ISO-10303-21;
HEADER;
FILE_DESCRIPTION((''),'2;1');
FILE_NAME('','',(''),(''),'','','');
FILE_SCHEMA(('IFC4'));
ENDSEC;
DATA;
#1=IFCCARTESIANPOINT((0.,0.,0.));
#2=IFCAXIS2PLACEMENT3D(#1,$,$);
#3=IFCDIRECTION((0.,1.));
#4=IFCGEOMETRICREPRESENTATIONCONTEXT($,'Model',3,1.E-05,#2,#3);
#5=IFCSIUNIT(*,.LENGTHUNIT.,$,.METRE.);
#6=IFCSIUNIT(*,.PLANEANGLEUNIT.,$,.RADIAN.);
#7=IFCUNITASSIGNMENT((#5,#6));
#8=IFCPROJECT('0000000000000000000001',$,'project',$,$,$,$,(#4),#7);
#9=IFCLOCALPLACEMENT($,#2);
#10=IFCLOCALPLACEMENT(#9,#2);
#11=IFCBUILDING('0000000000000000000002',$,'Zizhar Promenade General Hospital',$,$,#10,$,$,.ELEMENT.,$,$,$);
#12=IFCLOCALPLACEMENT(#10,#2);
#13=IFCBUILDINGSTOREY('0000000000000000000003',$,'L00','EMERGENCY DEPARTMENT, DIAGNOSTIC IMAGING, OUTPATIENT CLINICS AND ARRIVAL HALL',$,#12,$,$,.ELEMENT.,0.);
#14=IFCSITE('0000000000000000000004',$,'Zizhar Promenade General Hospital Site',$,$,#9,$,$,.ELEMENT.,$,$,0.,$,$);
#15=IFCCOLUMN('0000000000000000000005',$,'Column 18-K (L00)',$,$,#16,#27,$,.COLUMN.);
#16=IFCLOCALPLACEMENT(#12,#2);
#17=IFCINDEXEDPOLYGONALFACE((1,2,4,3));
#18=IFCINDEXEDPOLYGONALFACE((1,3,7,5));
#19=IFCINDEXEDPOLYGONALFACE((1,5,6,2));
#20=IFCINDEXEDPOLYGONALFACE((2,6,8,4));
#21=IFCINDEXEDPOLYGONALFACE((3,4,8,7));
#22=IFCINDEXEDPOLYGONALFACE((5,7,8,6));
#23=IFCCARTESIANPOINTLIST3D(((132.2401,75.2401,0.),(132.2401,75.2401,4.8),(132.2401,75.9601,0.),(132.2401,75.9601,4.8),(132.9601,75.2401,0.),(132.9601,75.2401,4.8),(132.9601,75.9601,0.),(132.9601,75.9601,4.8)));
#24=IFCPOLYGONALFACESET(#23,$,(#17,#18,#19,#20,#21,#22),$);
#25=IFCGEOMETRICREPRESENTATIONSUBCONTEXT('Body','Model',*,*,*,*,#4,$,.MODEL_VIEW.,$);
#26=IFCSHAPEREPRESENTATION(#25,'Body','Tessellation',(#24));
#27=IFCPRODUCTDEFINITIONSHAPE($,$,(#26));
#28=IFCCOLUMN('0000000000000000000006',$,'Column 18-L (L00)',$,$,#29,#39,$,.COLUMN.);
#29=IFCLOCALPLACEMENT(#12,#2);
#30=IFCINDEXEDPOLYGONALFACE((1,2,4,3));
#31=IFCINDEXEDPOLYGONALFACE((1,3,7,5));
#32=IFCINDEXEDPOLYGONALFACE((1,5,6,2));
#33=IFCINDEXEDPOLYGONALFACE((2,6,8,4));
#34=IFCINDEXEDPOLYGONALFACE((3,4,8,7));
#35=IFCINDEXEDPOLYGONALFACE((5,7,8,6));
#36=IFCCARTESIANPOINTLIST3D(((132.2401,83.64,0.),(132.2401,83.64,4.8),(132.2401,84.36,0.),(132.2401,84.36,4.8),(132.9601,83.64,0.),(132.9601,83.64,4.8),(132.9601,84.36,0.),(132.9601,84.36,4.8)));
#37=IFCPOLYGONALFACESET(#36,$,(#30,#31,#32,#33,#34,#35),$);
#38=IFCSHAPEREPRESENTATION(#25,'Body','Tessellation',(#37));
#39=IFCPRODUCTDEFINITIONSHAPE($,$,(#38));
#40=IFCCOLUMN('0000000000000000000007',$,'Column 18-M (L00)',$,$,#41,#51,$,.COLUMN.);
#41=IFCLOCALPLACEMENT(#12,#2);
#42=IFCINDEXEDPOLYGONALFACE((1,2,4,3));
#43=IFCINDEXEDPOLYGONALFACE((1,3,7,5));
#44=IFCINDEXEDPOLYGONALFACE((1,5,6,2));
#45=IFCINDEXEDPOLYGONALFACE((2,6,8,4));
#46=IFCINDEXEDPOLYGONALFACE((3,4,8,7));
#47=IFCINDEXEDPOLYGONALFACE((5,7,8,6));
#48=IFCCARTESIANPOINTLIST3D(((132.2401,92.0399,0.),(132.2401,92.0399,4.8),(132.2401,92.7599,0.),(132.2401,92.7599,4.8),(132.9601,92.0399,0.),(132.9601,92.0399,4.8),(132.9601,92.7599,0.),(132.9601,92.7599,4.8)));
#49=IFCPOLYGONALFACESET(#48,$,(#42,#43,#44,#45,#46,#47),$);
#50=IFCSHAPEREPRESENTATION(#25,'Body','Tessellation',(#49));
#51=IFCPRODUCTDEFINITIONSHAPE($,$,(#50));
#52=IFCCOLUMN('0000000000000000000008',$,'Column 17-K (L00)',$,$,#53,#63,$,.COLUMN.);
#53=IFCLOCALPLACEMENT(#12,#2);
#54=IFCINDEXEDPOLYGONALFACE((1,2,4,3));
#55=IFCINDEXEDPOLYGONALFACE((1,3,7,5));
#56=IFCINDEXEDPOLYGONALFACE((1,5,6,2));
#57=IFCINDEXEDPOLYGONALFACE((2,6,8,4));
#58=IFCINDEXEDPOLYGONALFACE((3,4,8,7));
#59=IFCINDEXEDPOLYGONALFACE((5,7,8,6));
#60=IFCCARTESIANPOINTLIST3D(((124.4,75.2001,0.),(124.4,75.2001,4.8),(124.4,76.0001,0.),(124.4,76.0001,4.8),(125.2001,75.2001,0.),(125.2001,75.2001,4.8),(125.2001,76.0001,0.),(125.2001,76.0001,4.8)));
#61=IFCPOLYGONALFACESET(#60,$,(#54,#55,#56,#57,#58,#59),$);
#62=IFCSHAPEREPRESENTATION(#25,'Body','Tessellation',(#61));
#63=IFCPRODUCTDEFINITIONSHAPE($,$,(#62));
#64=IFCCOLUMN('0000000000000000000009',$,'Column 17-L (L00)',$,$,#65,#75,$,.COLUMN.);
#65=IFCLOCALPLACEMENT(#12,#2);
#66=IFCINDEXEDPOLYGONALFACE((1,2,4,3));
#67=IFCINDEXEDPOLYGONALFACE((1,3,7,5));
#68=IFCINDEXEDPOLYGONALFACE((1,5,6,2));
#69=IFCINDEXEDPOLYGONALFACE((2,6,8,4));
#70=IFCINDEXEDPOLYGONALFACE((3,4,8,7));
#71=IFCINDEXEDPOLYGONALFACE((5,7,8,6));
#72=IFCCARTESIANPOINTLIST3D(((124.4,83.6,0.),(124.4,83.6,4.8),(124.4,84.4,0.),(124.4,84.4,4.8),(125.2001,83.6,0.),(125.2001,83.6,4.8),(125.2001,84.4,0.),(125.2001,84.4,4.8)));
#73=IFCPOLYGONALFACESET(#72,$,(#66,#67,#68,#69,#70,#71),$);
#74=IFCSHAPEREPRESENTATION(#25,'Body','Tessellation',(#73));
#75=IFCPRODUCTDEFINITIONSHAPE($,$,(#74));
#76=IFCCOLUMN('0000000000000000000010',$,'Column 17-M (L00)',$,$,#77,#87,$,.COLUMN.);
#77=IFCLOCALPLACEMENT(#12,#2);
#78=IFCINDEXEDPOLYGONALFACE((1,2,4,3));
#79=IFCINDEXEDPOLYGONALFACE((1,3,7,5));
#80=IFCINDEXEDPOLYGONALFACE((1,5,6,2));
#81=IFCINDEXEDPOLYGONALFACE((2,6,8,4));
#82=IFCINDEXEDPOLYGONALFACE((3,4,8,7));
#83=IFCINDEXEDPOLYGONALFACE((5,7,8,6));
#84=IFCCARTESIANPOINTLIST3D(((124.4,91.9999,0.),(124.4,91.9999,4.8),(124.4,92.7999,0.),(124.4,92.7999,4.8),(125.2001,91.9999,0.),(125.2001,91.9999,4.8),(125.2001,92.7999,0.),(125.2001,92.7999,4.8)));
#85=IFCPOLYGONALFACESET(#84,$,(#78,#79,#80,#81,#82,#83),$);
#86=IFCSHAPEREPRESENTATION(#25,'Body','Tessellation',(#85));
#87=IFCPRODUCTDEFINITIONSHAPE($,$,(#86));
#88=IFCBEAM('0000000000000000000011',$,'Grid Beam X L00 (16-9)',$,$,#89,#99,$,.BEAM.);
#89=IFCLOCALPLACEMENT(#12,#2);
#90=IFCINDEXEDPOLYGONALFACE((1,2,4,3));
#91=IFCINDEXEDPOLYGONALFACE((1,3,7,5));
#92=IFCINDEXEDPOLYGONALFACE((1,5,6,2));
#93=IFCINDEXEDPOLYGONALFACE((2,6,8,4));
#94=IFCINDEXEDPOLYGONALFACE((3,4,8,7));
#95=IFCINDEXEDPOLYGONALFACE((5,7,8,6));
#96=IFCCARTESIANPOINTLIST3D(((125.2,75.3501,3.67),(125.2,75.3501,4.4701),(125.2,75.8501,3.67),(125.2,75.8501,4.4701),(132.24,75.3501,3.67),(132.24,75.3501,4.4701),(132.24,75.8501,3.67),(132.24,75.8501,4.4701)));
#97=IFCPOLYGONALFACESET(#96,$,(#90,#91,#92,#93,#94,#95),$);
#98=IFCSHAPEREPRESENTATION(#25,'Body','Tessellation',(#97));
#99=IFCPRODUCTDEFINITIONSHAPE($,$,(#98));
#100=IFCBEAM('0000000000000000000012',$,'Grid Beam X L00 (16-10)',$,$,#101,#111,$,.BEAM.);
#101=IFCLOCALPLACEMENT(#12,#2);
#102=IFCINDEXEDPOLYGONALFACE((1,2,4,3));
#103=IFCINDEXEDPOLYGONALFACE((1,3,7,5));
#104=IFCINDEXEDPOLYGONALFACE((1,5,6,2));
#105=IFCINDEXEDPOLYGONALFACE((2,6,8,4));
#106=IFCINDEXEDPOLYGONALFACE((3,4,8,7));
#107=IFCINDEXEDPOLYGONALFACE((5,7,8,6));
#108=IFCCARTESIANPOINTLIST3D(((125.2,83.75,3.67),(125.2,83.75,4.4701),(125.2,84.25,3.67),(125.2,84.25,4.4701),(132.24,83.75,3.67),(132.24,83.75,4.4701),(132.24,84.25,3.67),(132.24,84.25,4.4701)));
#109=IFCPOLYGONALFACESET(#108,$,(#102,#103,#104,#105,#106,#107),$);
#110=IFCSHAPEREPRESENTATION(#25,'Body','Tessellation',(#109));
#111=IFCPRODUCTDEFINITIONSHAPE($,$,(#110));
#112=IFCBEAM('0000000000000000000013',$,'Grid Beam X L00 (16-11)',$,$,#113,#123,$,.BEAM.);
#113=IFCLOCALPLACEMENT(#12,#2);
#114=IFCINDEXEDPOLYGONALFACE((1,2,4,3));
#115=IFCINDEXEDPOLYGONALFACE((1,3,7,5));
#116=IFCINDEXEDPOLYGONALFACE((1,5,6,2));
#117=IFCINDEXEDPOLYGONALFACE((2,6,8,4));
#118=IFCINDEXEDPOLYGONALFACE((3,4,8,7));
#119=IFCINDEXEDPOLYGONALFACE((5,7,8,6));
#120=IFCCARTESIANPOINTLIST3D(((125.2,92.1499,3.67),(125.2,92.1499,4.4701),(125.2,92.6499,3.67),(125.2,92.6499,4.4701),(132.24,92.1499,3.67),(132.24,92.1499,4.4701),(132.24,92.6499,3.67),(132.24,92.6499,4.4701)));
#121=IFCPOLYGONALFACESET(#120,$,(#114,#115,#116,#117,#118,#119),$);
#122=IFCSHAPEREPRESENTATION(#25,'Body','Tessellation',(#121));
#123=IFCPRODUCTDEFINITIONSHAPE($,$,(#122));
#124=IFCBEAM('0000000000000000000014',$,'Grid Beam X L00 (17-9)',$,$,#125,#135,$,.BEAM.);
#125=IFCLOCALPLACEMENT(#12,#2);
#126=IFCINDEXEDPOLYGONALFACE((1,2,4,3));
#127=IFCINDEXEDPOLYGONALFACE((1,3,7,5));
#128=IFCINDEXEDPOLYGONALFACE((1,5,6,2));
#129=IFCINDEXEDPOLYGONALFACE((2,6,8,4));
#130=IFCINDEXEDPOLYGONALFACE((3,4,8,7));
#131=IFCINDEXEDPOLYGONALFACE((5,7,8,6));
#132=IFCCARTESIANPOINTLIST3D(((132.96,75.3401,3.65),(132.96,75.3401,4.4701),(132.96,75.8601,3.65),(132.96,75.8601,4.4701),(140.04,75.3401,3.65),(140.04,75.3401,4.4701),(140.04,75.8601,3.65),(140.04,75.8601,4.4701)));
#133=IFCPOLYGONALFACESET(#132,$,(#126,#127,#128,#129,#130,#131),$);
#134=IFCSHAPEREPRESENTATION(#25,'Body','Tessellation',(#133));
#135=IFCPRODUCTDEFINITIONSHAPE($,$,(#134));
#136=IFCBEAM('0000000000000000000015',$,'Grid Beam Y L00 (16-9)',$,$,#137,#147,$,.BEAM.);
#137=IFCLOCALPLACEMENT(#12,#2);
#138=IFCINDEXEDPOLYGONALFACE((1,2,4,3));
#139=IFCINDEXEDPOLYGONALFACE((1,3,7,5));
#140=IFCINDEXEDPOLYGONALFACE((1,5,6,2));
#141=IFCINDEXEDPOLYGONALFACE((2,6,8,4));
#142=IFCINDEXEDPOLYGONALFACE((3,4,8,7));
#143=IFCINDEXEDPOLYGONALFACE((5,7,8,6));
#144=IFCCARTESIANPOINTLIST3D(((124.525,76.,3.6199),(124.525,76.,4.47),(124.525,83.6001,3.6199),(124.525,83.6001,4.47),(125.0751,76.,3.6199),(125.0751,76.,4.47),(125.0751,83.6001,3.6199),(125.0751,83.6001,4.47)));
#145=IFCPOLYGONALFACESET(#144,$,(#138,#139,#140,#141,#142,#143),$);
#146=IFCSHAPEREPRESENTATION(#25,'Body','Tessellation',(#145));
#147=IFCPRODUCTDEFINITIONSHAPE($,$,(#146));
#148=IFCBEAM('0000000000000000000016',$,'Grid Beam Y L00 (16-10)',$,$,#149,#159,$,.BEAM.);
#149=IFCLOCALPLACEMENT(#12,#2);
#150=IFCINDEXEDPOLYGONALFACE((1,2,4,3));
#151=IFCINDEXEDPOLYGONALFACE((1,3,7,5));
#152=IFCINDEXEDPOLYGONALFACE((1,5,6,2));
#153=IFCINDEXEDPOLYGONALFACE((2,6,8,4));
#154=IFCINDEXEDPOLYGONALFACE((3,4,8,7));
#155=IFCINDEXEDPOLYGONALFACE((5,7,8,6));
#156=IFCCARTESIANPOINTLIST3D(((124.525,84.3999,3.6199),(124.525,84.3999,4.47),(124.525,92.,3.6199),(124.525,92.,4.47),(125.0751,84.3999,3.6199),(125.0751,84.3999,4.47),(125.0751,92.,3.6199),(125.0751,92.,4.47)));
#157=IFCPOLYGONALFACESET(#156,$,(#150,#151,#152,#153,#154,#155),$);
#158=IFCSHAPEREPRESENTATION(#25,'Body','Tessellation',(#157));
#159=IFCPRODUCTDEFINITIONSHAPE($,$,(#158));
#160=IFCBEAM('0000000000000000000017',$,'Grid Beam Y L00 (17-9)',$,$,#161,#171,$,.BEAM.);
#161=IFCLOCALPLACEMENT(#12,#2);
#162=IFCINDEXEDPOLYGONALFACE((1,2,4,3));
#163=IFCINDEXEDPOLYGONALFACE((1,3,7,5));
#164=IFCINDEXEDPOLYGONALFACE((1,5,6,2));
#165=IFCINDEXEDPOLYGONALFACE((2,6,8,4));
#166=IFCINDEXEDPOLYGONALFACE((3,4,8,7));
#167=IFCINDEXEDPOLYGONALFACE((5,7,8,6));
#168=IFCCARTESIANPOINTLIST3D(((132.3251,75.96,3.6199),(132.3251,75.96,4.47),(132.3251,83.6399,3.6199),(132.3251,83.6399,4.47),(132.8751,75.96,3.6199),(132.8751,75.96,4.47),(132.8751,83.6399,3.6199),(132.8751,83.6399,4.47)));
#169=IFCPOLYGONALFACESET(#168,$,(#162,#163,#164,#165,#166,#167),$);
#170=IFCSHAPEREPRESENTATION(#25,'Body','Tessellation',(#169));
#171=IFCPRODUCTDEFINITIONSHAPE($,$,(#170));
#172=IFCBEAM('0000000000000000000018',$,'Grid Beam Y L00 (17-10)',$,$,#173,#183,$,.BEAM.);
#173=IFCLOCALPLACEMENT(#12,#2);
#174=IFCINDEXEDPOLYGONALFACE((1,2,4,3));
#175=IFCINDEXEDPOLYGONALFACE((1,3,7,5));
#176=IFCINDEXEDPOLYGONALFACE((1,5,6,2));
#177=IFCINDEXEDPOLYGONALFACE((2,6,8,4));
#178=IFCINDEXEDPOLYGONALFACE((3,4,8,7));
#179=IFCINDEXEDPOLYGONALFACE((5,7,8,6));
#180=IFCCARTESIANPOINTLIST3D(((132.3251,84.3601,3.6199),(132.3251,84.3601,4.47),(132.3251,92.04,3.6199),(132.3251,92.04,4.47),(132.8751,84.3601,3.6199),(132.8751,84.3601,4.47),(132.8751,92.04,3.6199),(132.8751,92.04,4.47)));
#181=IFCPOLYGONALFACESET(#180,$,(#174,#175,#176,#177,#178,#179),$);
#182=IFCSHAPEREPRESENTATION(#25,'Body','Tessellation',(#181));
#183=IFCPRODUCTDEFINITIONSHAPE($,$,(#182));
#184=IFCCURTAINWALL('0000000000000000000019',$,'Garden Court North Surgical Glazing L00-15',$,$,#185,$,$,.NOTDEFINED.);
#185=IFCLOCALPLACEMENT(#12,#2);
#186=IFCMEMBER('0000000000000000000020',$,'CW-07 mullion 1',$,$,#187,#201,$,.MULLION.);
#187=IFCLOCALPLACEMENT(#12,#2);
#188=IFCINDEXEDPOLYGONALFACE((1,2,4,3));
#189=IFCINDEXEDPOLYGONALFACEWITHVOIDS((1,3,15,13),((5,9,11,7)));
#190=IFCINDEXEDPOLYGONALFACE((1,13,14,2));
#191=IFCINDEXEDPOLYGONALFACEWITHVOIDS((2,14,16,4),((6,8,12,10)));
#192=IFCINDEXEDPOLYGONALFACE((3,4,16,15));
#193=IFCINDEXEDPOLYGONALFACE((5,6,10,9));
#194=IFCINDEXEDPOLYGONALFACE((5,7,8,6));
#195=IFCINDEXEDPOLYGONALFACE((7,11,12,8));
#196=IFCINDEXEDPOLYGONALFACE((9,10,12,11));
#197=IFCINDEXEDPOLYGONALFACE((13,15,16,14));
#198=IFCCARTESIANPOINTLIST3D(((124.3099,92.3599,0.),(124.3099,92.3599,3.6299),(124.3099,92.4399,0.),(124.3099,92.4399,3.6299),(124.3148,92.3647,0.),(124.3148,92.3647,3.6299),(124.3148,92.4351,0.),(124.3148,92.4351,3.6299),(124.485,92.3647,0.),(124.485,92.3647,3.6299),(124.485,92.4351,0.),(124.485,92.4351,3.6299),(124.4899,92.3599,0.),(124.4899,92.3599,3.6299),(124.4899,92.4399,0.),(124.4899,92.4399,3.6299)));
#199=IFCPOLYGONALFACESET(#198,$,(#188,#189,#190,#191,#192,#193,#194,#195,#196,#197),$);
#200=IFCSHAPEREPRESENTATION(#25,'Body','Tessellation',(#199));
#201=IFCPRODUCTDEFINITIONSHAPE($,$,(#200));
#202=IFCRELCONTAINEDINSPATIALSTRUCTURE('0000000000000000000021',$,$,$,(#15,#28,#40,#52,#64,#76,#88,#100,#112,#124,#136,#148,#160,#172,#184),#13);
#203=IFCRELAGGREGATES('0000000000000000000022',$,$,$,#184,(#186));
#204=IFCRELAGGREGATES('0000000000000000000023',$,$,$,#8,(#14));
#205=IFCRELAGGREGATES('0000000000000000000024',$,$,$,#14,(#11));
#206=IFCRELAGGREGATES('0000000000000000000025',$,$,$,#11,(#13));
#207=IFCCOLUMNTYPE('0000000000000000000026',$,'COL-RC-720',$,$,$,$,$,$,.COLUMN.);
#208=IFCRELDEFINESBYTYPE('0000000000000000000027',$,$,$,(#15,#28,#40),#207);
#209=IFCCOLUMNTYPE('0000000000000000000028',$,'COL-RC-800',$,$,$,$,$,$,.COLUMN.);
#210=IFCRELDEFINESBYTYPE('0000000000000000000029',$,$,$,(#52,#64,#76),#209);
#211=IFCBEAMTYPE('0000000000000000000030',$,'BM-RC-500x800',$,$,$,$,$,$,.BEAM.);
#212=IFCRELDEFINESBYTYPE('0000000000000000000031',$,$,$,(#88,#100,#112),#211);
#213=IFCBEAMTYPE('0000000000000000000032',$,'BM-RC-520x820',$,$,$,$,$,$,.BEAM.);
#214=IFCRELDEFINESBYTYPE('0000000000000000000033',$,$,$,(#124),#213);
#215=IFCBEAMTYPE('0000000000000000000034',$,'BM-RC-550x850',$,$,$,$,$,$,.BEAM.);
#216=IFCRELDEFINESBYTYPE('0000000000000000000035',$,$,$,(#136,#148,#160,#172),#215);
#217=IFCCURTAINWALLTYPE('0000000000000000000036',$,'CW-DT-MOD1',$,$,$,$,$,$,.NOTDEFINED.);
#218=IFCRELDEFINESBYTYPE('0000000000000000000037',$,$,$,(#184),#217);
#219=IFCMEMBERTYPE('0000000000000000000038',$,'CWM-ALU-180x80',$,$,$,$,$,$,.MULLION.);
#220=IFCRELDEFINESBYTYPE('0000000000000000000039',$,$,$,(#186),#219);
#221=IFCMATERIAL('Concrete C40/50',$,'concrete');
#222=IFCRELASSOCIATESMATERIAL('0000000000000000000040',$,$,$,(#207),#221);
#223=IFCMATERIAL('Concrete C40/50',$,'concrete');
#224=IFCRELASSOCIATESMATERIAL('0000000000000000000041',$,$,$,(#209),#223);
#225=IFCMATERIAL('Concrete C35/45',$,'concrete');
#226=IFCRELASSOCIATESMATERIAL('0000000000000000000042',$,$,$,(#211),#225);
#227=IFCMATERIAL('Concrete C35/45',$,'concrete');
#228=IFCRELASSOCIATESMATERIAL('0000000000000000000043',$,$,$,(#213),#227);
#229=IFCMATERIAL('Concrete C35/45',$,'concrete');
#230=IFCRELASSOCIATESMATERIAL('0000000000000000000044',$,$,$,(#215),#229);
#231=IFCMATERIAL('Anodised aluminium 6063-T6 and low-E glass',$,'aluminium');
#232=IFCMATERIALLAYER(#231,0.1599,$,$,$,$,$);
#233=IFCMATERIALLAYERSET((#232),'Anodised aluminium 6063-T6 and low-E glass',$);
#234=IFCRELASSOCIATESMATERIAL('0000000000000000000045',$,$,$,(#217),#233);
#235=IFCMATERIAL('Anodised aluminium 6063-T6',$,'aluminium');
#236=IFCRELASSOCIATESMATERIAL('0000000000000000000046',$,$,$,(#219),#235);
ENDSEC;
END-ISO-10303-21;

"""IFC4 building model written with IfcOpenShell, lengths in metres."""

from ifc_helpers import new_model, si_unit, direction, frame, origin, origin_2d, place, context, subcontext, project, spatial, rectangle, hollow_rectangle, extrude, material, layer, layer_set, material_profile, profile_set, type_object, element, aggregate, save


model = new_model("IFC4")

# Units and contexts
model_context = context("Model", 3, precision=1e-05, world=origin(), true_north=direction((0.0, 1.0)))
body_context = subcontext(model_context, "Body", "Model", "MODEL_VIEW")
ifc_project = project(units=[si_unit("LENGTHUNIT", "METRE"), si_unit("PLANEANGLEUNIT", "RADIAN")], contexts=[model_context])

# Site, building, storey
site_placement = place(None, origin())
site = spatial("IfcSite", under=ifc_project, at=site_placement, Name="Zizhar Promenade General Hospital Site", CompositionType="ELEMENT", RefElevation=0.0)
building_placement = place(site_placement, origin())
building = spatial("IfcBuilding", under=site, at=building_placement, Name="Zizhar Promenade General Hospital", CompositionType="ELEMENT")
storey_placement = place(building_placement, origin())
storey = spatial("IfcBuildingStorey", under=building, at=storey_placement, Name="L00", Description="EMERGENCY DEPARTMENT, DIAGNOSTIC IMAGING, OUTPATIENT CLINICS AND ARRIVAL HALL", CompositionType="ELEMENT", Elevation=0.0)

# Columns
ifc_material_1 = material(Name="Concrete C40/50", Category="concrete")
ifc_material_profile_1 = material_profile(ifc_material_1, rectangle(XDim=0.72, YDim=0.72, at=origin_2d()))
ifc_profile_set_1 = profile_set([ifc_material_profile_1], Name="Concrete C40/50")
column_type_1 = type_object("IfcColumnType", Name="COL-RC-720", PredefinedType="COLUMN", material=ifc_profile_set_1)
for number, where, z_axis, x_axis, name in (
    (1, (132.6001, 75.6001, 0.0), (0.0, 0.0, 1.0), (1.0, 0.0, 0.0), "Column 18-K (L00)"),
    (2, (132.6001, 84.0, 0.0), (0.0, 0.0, 1.0), (1.0, 0.0, 0.0), "Column 18-L (L00)"),
    (3, (132.6001, 92.3999, 0.0), (0.0, 0.0, 1.0), (1.0, 0.0, 0.0), "Column 18-M (L00)"),
):
    element("IfcColumn", number, at=place(storey_placement, frame(where, z_axis=z_axis, x_axis=x_axis)), inside=storey, type_object=column_type_1, Name=name, PredefinedType="COLUMN", context=body_context, shape_type="SweptSolid", body=[
        extrude(rectangle(XDim=0.72, YDim=0.72, at=origin_2d()), origin(), (0.0, 0.0, 1.0), 4.8),
    ])
ifc_material_2 = material(Name="Concrete C40/50", Category="concrete")
ifc_material_profile_2 = material_profile(ifc_material_2, rectangle(XDim=0.8, YDim=0.8, at=origin_2d()))
ifc_profile_set_2 = profile_set([ifc_material_profile_2], Name="Concrete C40/50")
column_type_2 = type_object("IfcColumnType", Name="COL-RC-800", PredefinedType="COLUMN", material=ifc_profile_set_2)
for number, where, z_axis, x_axis, name in (
    (4, (124.8, 75.6001, 0.0), (0.0, 0.0, 1.0), (1.0, 0.0, 0.0), "Column 17-K (L00)"),
    (5, (124.8, 84.0, 0.0), (0.0, 0.0, 1.0), (1.0, 0.0, 0.0), "Column 17-L (L00)"),
    (6, (124.8, 92.3999, 0.0), (0.0, 0.0, 1.0), (1.0, 0.0, 0.0), "Column 17-M (L00)"),
):
    element("IfcColumn", number, at=place(storey_placement, frame(where, z_axis=z_axis, x_axis=x_axis)), inside=storey, type_object=column_type_2, Name=name, PredefinedType="COLUMN", context=body_context, shape_type="SweptSolid", body=[
        extrude(rectangle(XDim=0.8, YDim=0.8, at=origin_2d()), origin(), (0.0, 0.0, 1.0), 4.8),
    ])

# Beams
ifc_material_3 = material(Name="Concrete C35/45", Category="concrete")
ifc_material_profile_3 = material_profile(ifc_material_3, rectangle(XDim=0.5, YDim=0.8, at=origin_2d()))
ifc_profile_set_3 = profile_set([ifc_material_profile_3], Name="Concrete C35/45")
beam_type_1 = type_object("IfcBeamType", Name="BM-RC-500x800", PredefinedType="BEAM", material=ifc_profile_set_3)
for number, where, z_axis, x_axis, name in (
    (7, (125.2, 75.6001, 4.0701), (1.0, 0.0, 0.0), (0.0, 1.0, 0.0), "Grid Beam X L00 (16-9)"),
    (8, (125.2, 84.0, 4.0701), (1.0, 0.0, 0.0), (0.0, 1.0, 0.0), "Grid Beam X L00 (16-10)"),
    (9, (125.2, 92.3999, 4.0701), (1.0, 0.0, 0.0), (0.0, 1.0, 0.0), "Grid Beam X L00 (16-11)"),
):
    element("IfcBeam", number, at=place(storey_placement, frame(where, z_axis=z_axis, x_axis=x_axis)), inside=storey, type_object=beam_type_1, Name=name, PredefinedType="BEAM", context=body_context, shape_type="SweptSolid", body=[
        extrude(rectangle(XDim=0.5, YDim=0.8, at=origin_2d()), origin(), (0.0, 0.0, 1.0), 7.04),
    ])
ifc_material_4 = material(Name="Concrete C35/45", Category="concrete")
ifc_material_profile_4 = material_profile(ifc_material_4, rectangle(XDim=0.52, YDim=0.8201, at=origin_2d()))
ifc_profile_set_4 = profile_set([ifc_material_profile_4], Name="Concrete C35/45")
beam_type_2 = type_object("IfcBeamType", Name="BM-RC-520x820", PredefinedType="BEAM", material=ifc_profile_set_4)
beam_placement = place(storey_placement, frame((132.96, 75.6001, 4.0601), z_axis=(1.0, 0.0, 0.0), x_axis=(0.0, 1.0, 0.0)))
element("IfcBeam", 10, at=beam_placement, inside=storey, type_object=beam_type_2, Name="Grid Beam X L00 (17-9)", PredefinedType="BEAM", context=body_context, shape_type="SweptSolid", body=[
    extrude(rectangle(XDim=0.52, YDim=0.8201, at=origin_2d()), origin(), (0.0, 0.0, 1.0), 7.0801),
])
ifc_material_5 = material(Name="Concrete C35/45", Category="concrete")
ifc_material_profile_5 = material_profile(ifc_material_5, rectangle(XDim=0.55, YDim=0.8501, at=origin_2d()))
ifc_profile_set_5 = profile_set([ifc_material_profile_5], Name="Concrete C35/45")
beam_type_3 = type_object("IfcBeamType", Name="BM-RC-550x850", PredefinedType="BEAM", material=ifc_profile_set_5)
for number, where, z_axis, x_axis, name in (
    (11, (124.8, 76.0, 4.0449), (0.0, 1.0, 0.0), (-1.0, 0.0, 0.0), "Grid Beam Y L00 (16-9)"),
    (12, (124.8, 84.3999, 4.0449), (0.0, 1.0, 0.0), (-1.0, 0.0, 0.0), "Grid Beam Y L00 (16-10)"),
):
    element("IfcBeam", number, at=place(storey_placement, frame(where, z_axis=z_axis, x_axis=x_axis)), inside=storey, type_object=beam_type_3, Name=name, PredefinedType="BEAM", context=body_context, shape_type="SweptSolid", body=[
        extrude(rectangle(XDim=0.55, YDim=0.8501, at=origin_2d()), origin(), (0.0, 0.0, 1.0), 7.6001),
    ])
for number, where, z_axis, x_axis, name in (
    (13, (132.6001, 75.96, 4.0449), (0.0, 1.0, 0.0), (-1.0, 0.0, 0.0), "Grid Beam Y L00 (17-9)"),
    (14, (132.6001, 84.3601, 4.0449), (0.0, 1.0, 0.0), (-1.0, 0.0, 0.0), "Grid Beam Y L00 (17-10)"),
):
    element("IfcBeam", number, at=place(storey_placement, frame(where, z_axis=z_axis, x_axis=x_axis)), inside=storey, type_object=beam_type_3, Name=name, PredefinedType="BEAM", context=body_context, shape_type="SweptSolid", body=[
        extrude(rectangle(XDim=0.55, YDim=0.8501, at=origin_2d()), origin(), (0.0, 0.0, 1.0), 7.6799),
    ])

# Curtain wall, member
ifc_material_6 = material(Name="Anodised aluminium 6063-T6 and low-E glass", Category="aluminium")
ifc_layer_1 = layer(ifc_material_6, 0.1599)
ifc_layer_set_1 = layer_set([ifc_layer_1], Name="Anodised aluminium 6063-T6 and low-E glass")
curtain_wall_type = type_object("IfcCurtainWallType", Name="CW-DT-MOD1", PredefinedType="NOTDEFINED", material=ifc_layer_set_1)
curtain_wall_placement = place(storey_placement, origin())
curtain_wall = element("IfcCurtainWall", 15, at=curtain_wall_placement, inside=storey, type_object=curtain_wall_type, Name="Garden Court North Surgical Glazing L00-15", PredefinedType="NOTDEFINED")
ifc_material_7 = material(Name="Anodised aluminium 6063-T6", Category="aluminium")
ifc_material_profile_6 = material_profile(ifc_material_7, hollow_rectangle(XDim=0.0801, YDim=0.1799, WallThickness=0.0049, at=origin_2d()))
ifc_profile_set_6 = profile_set([ifc_material_profile_6], Name="Anodised aluminium 6063-T6")
member_type_1 = type_object("IfcMemberType", Name="CWM-ALU-180x80", PredefinedType="MULLION", material=ifc_profile_set_6)
member_1_placement = place(storey_placement, frame((124.3999, 92.3999, 0.0), z_axis=(0.0, 0.0, 1.0), x_axis=(0.0, -1.0, 0.0)))
member_1 = element("IfcMember", 16, at=member_1_placement, type_object=member_type_1, Name="CW-07 mullion 1", PredefinedType="MULLION", context=body_context, shape_type="SweptSolid", body=[
    extrude(hollow_rectangle(XDim=0.0801, YDim=0.1799, WallThickness=0.0049, at=origin_2d()), origin(), (0.0, 0.0, 1.0), 3.6299),
])
aggregate(curtain_wall, [member_1])

save(model, "model.ifc")
